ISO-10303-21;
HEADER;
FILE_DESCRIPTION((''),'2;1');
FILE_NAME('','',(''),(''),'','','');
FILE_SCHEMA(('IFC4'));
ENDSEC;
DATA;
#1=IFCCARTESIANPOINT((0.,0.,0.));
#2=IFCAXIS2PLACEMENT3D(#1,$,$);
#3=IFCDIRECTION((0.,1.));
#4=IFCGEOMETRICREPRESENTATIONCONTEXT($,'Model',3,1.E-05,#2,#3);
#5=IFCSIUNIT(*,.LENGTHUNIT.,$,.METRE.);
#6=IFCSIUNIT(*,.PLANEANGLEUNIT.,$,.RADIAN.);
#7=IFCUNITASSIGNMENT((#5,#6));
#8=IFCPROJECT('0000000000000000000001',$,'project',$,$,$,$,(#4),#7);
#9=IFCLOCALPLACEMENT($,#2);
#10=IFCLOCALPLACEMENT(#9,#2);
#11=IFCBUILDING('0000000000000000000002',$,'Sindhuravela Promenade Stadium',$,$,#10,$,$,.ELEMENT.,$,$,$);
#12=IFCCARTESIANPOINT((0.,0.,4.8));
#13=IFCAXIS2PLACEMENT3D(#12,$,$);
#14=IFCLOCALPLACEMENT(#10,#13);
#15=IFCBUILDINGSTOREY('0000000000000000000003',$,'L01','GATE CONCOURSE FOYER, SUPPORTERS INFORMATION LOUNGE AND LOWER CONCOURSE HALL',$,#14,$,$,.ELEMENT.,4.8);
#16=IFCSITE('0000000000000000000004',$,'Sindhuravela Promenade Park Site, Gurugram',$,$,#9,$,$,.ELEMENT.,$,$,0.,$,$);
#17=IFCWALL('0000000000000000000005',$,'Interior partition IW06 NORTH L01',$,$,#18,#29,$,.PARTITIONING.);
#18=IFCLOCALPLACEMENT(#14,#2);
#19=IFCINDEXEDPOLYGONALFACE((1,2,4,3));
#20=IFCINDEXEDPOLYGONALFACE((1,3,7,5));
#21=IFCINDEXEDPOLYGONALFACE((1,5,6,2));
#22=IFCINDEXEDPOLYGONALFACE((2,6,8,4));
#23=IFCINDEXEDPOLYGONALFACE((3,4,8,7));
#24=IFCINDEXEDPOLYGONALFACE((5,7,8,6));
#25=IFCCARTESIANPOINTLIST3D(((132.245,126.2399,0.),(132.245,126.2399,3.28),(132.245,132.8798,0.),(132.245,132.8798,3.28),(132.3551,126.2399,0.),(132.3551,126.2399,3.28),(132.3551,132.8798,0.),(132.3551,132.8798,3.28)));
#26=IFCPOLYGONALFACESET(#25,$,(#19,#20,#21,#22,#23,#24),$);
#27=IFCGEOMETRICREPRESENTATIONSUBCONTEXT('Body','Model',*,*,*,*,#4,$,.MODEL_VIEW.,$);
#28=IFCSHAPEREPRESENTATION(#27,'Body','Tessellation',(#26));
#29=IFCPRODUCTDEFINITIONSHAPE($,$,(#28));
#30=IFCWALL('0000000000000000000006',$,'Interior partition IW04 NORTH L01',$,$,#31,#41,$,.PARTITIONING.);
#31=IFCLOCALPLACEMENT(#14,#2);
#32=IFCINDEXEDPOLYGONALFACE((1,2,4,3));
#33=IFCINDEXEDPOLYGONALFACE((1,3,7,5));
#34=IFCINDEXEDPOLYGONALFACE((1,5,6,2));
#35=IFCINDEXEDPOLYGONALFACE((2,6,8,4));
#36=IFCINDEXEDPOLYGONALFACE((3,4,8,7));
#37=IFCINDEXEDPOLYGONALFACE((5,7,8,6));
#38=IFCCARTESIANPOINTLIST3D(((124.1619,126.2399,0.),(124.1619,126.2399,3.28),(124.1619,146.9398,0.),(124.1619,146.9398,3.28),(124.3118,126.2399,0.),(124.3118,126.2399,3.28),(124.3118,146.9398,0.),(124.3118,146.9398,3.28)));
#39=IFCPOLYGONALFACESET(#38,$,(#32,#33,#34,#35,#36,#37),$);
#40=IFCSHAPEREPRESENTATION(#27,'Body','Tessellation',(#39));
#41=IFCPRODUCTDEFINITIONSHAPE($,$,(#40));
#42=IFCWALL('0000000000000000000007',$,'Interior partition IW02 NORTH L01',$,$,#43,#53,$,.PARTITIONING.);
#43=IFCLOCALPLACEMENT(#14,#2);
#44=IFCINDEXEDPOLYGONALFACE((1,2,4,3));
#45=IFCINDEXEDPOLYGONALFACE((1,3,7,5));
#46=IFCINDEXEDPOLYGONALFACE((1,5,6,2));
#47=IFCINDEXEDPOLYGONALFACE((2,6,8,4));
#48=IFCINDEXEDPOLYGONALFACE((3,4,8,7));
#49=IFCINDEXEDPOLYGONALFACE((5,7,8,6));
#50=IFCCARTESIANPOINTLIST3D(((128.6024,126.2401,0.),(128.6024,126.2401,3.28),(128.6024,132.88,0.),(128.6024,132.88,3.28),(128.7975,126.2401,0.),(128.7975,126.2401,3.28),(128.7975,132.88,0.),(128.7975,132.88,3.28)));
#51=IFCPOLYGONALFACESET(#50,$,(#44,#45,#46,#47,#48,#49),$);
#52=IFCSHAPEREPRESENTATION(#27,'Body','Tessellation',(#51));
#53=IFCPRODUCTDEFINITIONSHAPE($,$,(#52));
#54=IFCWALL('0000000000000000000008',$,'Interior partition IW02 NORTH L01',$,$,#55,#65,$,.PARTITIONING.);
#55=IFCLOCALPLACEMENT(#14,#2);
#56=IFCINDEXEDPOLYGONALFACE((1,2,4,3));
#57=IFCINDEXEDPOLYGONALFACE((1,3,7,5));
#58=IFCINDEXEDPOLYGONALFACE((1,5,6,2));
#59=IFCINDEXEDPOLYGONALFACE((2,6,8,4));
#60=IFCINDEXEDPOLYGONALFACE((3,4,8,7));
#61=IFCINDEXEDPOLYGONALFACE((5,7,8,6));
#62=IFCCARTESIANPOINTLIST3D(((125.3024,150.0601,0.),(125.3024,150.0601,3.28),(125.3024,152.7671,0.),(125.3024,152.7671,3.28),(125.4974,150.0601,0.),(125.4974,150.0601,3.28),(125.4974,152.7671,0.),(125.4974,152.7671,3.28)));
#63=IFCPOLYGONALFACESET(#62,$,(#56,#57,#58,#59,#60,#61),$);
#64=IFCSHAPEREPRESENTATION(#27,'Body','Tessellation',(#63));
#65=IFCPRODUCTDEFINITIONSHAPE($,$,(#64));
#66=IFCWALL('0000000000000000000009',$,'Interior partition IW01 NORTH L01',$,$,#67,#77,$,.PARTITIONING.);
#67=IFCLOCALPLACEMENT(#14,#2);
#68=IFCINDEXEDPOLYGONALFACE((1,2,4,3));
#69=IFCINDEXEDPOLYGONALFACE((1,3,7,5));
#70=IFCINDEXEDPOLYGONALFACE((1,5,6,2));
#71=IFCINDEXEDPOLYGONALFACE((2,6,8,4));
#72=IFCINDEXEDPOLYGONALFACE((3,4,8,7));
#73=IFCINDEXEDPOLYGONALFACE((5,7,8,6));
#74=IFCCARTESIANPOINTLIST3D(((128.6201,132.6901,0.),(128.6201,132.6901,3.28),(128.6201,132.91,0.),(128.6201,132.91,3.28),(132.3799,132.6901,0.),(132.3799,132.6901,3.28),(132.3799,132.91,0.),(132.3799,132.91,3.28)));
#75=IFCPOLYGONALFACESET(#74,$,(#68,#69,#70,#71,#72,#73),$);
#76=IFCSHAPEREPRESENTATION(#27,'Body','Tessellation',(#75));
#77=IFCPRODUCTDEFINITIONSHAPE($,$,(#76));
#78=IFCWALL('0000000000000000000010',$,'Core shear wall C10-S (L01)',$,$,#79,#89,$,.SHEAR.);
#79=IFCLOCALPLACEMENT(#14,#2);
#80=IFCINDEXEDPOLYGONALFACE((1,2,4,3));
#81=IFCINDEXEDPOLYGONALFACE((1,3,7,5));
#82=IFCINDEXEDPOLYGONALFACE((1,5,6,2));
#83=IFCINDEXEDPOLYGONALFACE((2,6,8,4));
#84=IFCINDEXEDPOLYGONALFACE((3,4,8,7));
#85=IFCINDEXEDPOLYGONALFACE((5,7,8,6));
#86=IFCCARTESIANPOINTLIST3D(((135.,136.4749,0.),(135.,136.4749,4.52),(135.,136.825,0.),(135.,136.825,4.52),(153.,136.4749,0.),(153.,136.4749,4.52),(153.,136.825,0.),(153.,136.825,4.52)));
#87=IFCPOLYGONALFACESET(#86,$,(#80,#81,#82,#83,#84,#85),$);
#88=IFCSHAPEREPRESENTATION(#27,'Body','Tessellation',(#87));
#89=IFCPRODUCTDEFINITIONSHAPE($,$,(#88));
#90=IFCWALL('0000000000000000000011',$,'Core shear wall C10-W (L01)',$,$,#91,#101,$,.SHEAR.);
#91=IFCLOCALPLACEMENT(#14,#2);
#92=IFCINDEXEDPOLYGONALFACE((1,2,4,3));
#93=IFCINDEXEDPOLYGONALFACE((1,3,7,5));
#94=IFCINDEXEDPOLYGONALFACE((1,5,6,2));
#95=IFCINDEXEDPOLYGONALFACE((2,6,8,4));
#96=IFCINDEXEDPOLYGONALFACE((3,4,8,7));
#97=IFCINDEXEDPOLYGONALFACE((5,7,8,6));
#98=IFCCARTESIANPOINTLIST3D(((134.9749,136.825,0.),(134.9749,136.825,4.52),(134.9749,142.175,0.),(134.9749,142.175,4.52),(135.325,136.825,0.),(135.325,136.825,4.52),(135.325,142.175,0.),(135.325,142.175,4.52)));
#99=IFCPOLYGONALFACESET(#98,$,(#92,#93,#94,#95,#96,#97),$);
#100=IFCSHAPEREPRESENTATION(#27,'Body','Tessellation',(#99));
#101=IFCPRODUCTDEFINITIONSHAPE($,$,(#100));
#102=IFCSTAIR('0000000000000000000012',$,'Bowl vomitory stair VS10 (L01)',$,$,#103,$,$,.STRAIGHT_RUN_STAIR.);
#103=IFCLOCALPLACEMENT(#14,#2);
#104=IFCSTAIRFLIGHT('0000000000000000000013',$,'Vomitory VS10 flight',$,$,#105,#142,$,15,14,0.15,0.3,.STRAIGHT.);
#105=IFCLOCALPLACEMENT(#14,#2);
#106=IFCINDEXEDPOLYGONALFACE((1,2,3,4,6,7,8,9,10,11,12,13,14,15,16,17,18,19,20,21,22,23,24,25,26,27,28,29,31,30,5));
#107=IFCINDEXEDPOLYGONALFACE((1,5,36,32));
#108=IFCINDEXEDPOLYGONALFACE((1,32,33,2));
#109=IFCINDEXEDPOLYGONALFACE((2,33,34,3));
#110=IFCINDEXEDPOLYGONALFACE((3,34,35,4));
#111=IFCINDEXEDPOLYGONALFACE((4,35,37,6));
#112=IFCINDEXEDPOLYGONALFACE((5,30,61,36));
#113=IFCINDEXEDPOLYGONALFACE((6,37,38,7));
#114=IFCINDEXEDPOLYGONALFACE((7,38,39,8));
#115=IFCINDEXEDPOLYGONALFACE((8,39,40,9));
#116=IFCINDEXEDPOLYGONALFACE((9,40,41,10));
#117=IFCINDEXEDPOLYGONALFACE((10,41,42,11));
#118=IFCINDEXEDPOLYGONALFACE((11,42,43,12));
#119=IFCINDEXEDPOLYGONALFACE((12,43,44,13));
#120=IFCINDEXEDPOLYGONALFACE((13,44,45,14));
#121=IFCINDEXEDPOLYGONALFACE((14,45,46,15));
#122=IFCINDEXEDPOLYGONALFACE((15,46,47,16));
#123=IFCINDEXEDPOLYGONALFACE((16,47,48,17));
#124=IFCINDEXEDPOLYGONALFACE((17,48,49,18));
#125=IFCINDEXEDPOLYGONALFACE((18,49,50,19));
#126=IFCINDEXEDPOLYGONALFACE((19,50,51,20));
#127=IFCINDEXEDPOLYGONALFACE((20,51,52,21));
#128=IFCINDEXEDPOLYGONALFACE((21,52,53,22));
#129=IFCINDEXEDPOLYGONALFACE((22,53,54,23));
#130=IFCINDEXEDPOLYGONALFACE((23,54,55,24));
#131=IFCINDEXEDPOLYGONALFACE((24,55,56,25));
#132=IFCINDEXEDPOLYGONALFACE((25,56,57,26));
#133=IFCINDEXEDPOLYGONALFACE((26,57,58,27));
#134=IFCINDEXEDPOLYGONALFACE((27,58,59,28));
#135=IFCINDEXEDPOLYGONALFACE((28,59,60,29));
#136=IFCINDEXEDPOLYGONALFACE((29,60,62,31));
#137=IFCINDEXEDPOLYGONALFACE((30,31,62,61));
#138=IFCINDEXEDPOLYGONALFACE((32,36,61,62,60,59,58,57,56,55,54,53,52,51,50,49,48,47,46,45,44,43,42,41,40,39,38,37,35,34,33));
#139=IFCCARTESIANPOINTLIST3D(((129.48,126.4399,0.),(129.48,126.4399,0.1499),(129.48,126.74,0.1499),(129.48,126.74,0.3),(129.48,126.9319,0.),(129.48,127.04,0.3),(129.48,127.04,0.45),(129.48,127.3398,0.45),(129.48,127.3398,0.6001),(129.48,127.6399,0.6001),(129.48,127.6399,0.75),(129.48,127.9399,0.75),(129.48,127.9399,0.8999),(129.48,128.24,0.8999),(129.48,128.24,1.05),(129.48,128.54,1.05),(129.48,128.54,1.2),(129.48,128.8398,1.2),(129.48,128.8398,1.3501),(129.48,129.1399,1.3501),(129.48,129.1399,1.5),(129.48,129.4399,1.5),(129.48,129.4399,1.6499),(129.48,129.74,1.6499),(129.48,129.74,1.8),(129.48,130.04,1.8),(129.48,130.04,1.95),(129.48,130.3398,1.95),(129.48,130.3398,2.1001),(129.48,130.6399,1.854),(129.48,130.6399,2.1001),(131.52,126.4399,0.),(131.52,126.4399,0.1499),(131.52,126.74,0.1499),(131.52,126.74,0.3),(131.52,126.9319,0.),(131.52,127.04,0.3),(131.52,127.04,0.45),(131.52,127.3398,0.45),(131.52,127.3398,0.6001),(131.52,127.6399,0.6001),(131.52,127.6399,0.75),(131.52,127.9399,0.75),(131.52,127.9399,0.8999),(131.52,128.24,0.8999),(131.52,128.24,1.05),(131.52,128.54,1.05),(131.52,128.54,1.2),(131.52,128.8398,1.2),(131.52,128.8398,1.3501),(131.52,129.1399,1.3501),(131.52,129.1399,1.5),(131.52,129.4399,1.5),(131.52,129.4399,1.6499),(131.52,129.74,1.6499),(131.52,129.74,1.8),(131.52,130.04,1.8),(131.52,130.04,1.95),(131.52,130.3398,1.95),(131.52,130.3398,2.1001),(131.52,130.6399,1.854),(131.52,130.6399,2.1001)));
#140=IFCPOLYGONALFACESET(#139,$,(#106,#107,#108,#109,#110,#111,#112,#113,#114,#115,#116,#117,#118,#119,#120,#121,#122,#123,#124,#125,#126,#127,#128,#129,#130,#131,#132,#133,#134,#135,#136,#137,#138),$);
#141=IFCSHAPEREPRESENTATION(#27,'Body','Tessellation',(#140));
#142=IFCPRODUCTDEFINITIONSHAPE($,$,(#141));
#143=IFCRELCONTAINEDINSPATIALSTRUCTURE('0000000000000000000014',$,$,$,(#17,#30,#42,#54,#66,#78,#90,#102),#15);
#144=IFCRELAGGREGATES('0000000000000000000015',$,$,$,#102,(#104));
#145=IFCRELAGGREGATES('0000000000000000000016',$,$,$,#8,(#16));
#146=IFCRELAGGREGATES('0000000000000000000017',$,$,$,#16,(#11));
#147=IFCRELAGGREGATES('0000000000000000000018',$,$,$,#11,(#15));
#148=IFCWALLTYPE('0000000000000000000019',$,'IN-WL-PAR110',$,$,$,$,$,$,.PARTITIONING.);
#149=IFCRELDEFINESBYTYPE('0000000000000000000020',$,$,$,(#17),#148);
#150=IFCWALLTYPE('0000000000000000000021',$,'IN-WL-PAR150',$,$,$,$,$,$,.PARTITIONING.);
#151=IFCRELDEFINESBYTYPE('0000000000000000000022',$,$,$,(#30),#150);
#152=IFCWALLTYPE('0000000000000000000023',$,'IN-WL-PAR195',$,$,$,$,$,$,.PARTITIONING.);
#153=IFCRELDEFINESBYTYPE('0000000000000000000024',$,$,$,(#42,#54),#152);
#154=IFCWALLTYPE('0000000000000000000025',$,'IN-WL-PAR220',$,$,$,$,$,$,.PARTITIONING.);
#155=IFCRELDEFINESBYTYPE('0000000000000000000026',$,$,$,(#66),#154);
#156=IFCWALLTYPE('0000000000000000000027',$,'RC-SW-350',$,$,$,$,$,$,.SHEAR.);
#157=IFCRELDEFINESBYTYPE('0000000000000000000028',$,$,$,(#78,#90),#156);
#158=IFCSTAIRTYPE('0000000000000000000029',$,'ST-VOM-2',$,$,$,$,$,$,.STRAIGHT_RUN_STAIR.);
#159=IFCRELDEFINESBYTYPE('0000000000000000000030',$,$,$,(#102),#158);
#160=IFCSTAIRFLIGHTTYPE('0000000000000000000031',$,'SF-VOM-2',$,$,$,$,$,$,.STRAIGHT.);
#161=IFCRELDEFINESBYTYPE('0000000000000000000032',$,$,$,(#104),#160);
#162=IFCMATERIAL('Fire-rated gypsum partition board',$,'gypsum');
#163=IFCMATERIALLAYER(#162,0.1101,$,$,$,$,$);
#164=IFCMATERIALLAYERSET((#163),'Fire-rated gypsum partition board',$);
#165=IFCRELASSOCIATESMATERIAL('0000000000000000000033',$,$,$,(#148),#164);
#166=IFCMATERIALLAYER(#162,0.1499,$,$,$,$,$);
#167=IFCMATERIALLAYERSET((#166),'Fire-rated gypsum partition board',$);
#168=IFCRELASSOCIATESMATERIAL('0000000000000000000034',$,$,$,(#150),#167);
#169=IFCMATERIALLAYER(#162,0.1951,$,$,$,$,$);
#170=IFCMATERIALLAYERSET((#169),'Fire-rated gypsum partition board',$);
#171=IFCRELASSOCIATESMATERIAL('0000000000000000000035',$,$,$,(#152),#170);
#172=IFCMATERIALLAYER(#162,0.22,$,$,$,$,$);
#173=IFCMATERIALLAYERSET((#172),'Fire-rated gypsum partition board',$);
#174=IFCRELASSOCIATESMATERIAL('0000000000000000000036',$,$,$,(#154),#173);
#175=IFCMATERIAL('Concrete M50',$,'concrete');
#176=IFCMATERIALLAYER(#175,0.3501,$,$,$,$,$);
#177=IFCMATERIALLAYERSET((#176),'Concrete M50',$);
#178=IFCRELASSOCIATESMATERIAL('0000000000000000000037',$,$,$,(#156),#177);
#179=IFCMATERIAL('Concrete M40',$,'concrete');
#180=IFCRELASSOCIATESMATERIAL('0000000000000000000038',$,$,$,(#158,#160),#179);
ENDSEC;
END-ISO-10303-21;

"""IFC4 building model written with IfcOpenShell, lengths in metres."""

from ifc_helpers import new_model, si_unit, direction, frame, frame_2d, origin, place, context, subcontext, project, spatial, polyline, rectangle, outline, extrude, material, layer, layer_set, type_object, element, aggregate, save


model = new_model("IFC4")

# Units and contexts
model_context = context("Model", 3, precision=1e-05, world=origin(), true_north=direction((0.0, 1.0)))
body_context = subcontext(model_context, "Body", "Model", "MODEL_VIEW")
ifc_project = project(units=[si_unit("LENGTHUNIT", "METRE"), si_unit("PLANEANGLEUNIT", "RADIAN")], contexts=[model_context])

# Site, building, storey
site_placement = place(None, origin())
site = spatial("IfcSite", under=ifc_project, at=site_placement, Name="Sindhuravela Promenade Park Site, Gurugram", CompositionType="ELEMENT", RefElevation=0.0)
building_placement = place(site_placement, origin())
building = spatial("IfcBuilding", under=site, at=building_placement, Name="Sindhuravela Promenade Stadium", CompositionType="ELEMENT")
storey_placement = place(building_placement, frame((0.0, 0.0, 4.8)))
storey = spatial("IfcBuildingStorey", under=building, at=storey_placement, Name="L01", Description="GATE CONCOURSE FOYER, SUPPORTERS INFORMATION LOUNGE AND LOWER CONCOURSE HALL", CompositionType="ELEMENT", Elevation=4.8)

# Shared definitions
ifc_material_1 = material(Name="Concrete M40", Category="concrete")

# Shared definitions
ifc_material_2 = material(Name="Concrete M50", Category="concrete")

# Walls
ifc_material_3 = material(Name="Fire-rated gypsum partition board", Category="gypsum")
ifc_layer_1 = layer(ifc_material_3, 0.1101)
ifc_layer_set_1 = layer_set([ifc_layer_1], Name="Fire-rated gypsum partition board")
wall_type_1 = type_object("IfcWallType", Name="IN-WL-PAR110", PredefinedType="PARTITIONING", material=ifc_layer_set_1)
wall_1_placement = place(storey_placement, frame((132.3, 126.24, 0.0), z_axis=(0.0, 0.0, 1.0), x_axis=(0.0, 1.0, 0.0)))
element("IfcWall", 1, at=wall_1_placement, inside=storey, type_object=wall_type_1, Name="Interior partition IW06 NORTH L01", PredefinedType="PARTITIONING", context=body_context, shape_type="SweptSolid", body=[
    extrude(rectangle(XDim=6.6399, YDim=0.1101, at=frame_2d((3.3198, 0.0))), origin(), (0.0, 0.0, 1.0), 3.28),
])
ifc_layer_2 = layer(ifc_material_3, 0.1499)
ifc_layer_set_2 = layer_set([ifc_layer_2], Name="Fire-rated gypsum partition board")
wall_type_2 = type_object("IfcWallType", Name="IN-WL-PAR150", PredefinedType="PARTITIONING", material=ifc_layer_set_2)
wall_2_placement = place(storey_placement, frame((124.2368, 146.9399, 0.0), z_axis=(0.0, 0.0, 1.0), x_axis=(0.0, -1.0, 0.0)))
element("IfcWall", 2, at=wall_2_placement, inside=storey, type_object=wall_type_2, Name="Interior partition IW04 NORTH L01", PredefinedType="PARTITIONING", context=body_context, shape_type="SweptSolid", body=[
    extrude(rectangle(XDim=20.7, YDim=0.1499, at=frame_2d((10.3501, 0.0))), origin(), (0.0, 0.0, 1.0), 3.28),
])
ifc_layer_3 = layer(ifc_material_3, 0.1951)
ifc_layer_set_3 = layer_set([ifc_layer_3], Name="Fire-rated gypsum partition board")
wall_type_3 = type_object("IfcWallType", Name="IN-WL-PAR195", PredefinedType="PARTITIONING", material=ifc_layer_set_3)
wall_3_placement = place(storey_placement, frame((128.7, 132.8799, 0.0), z_axis=(0.0, 0.0, 1.0), x_axis=(0.0, -1.0, 0.0)))
element("IfcWall", 3, at=wall_3_placement, inside=storey, type_object=wall_type_3, Name="Interior partition IW02 NORTH L01", PredefinedType="PARTITIONING", context=body_context, shape_type="SweptSolid", body=[
    extrude(rectangle(XDim=6.6399, YDim=0.1951, at=frame_2d((3.3198, 0.0))), origin(), (0.0, 0.0, 1.0), 3.28),
])
wall_4_placement = place(storey_placement, frame((125.3999, 150.0601, 0.0), z_axis=(0.0, 0.0, 1.0), x_axis=(0.0, 1.0, 0.0)))
element("IfcWall", 4, at=wall_4_placement, inside=storey, type_object=wall_type_3, Name="Interior partition IW02 NORTH L01", PredefinedType="PARTITIONING", context=body_context, shape_type="SweptSolid", body=[
    extrude(rectangle(XDim=2.707, YDim=0.1951, at=frame_2d((1.3535, 0.0))), origin(), (0.0, 0.0, 1.0), 3.28),
])
ifc_layer_4 = layer(ifc_material_3, 0.22)
ifc_layer_set_4 = layer_set([ifc_layer_4], Name="Fire-rated gypsum partition board")
wall_type_4 = type_object("IfcWallType", Name="IN-WL-PAR220", PredefinedType="PARTITIONING", material=ifc_layer_set_4)
wall_5_placement = place(storey_placement, frame((132.3799, 132.8, 0.0), z_axis=(0.0, 0.0, 1.0), x_axis=(-1.0, 0.0, 0.0)))
element("IfcWall", 5, at=wall_5_placement, inside=storey, type_object=wall_type_4, Name="Interior partition IW01 NORTH L01", PredefinedType="PARTITIONING", context=body_context, shape_type="SweptSolid", body=[
    extrude(rectangle(XDim=3.7598, YDim=0.22, at=frame_2d((1.8799, 0.0))), origin(), (0.0, 0.0, 1.0), 3.28),
])
ifc_layer_5 = layer(ifc_material_2, 0.3501)
ifc_layer_set_5 = layer_set([ifc_layer_5], Name="Concrete M50")
wall_type_5 = type_object("IfcWallType", Name="RC-SW-350", PredefinedType="SHEAR", material=ifc_layer_set_5)
wall_6_placement = place(storey_placement, frame((135.0, 136.6499, 0.0), z_axis=(0.0, 0.0, 1.0), x_axis=(1.0, 0.0, 0.0)))
element("IfcWall", 6, at=wall_6_placement, inside=storey, type_object=wall_type_5, Name="Core shear wall C10-S (L01)", PredefinedType="SHEAR", context=body_context, shape_type="SweptSolid", body=[
    extrude(rectangle(XDim=18.0, YDim=0.3501, at=frame_2d((9.0, 0.0))), origin(), (0.0, 0.0, 1.0), 4.52),
])
wall_7_placement = place(storey_placement, frame((135.1499, 142.175, 0.0), z_axis=(0.0, 0.0, 1.0), x_axis=(0.0, -1.0, 0.0)))
element("IfcWall", 7, at=wall_7_placement, inside=storey, type_object=wall_type_5, Name="Core shear wall C10-W (L01)", PredefinedType="SHEAR", context=body_context, shape_type="SweptSolid", body=[
    extrude(rectangle(XDim=5.3501, YDim=0.3501, at=frame_2d((2.675, 0.0))), origin(), (0.0, 0.0, 1.0), 4.52),
])

# Stair, stair flight
stair_type = type_object("IfcStairType", Name="ST-VOM-2", PredefinedType="STRAIGHT_RUN_STAIR", material=ifc_material_1)
stair_placement = place(storey_placement, origin())
stair = element("IfcStair", 8, at=stair_placement, inside=storey, type_object=stair_type, Name="Bowl vomitory stair VS10 (L01)", PredefinedType="STRAIGHT_RUN_STAIR")
stair_flight_type = type_object("IfcStairFlightType", Name="SF-VOM-2", PredefinedType="STRAIGHT", material=ifc_material_1)
stair_flight_placement = place(storey_placement, frame((130.5, 126.4399, 0.0), z_axis=(0.0, 0.0, 1.0), x_axis=(0.0, 1.0, 0.0)))
stair_flight = element("IfcStairFlight", 9, at=stair_flight_placement, type_object=stair_flight_type, Name="Vomitory VS10 flight", NumberOfRisers=15, NumberOfTreads=14, PredefinedType="STRAIGHT", RiserHeight=0.15, TreadLength=0.3, context=body_context, shape_type="SweptSolid", body=[
    extrude(outline(polyline([(0.0, 0.0), (0.0, 0.1499), (0.3, 0.1499), (0.3, 0.3), (0.6001, 0.3), (0.6001, 0.45), (0.8999, 0.45), (0.8999, 0.6001), (1.2, 0.6001), (1.2, 0.75), (1.5, 0.75), (1.5, 0.8999), (1.8, 0.8999), (1.8, 1.05), (2.1001, 1.05), (2.1001, 1.2), (2.3999, 1.2), (2.3999, 1.3501), (2.7, 1.3501), (2.7, 1.5), (3.0, 1.5), (3.0, 1.6499), (3.3, 1.6499), (3.3, 1.8), (3.6001, 1.8), (3.6001, 1.95), (3.8999, 1.95), (3.8999, 2.1001), (4.2, 2.1001), (4.2, 2.25), (4.2, 1.854), (0.4919, 0.0), (0.0, 0.0)])), frame((0.0, 1.02, 0.0), z_axis=(0.0, -1.0, 0.0), x_axis=(1.0, 0.0, 0.0)), (0.0, 0.0, 1.0), 2.04),
])
aggregate(stair, [stair_flight])

save(model, "model.ifc")
